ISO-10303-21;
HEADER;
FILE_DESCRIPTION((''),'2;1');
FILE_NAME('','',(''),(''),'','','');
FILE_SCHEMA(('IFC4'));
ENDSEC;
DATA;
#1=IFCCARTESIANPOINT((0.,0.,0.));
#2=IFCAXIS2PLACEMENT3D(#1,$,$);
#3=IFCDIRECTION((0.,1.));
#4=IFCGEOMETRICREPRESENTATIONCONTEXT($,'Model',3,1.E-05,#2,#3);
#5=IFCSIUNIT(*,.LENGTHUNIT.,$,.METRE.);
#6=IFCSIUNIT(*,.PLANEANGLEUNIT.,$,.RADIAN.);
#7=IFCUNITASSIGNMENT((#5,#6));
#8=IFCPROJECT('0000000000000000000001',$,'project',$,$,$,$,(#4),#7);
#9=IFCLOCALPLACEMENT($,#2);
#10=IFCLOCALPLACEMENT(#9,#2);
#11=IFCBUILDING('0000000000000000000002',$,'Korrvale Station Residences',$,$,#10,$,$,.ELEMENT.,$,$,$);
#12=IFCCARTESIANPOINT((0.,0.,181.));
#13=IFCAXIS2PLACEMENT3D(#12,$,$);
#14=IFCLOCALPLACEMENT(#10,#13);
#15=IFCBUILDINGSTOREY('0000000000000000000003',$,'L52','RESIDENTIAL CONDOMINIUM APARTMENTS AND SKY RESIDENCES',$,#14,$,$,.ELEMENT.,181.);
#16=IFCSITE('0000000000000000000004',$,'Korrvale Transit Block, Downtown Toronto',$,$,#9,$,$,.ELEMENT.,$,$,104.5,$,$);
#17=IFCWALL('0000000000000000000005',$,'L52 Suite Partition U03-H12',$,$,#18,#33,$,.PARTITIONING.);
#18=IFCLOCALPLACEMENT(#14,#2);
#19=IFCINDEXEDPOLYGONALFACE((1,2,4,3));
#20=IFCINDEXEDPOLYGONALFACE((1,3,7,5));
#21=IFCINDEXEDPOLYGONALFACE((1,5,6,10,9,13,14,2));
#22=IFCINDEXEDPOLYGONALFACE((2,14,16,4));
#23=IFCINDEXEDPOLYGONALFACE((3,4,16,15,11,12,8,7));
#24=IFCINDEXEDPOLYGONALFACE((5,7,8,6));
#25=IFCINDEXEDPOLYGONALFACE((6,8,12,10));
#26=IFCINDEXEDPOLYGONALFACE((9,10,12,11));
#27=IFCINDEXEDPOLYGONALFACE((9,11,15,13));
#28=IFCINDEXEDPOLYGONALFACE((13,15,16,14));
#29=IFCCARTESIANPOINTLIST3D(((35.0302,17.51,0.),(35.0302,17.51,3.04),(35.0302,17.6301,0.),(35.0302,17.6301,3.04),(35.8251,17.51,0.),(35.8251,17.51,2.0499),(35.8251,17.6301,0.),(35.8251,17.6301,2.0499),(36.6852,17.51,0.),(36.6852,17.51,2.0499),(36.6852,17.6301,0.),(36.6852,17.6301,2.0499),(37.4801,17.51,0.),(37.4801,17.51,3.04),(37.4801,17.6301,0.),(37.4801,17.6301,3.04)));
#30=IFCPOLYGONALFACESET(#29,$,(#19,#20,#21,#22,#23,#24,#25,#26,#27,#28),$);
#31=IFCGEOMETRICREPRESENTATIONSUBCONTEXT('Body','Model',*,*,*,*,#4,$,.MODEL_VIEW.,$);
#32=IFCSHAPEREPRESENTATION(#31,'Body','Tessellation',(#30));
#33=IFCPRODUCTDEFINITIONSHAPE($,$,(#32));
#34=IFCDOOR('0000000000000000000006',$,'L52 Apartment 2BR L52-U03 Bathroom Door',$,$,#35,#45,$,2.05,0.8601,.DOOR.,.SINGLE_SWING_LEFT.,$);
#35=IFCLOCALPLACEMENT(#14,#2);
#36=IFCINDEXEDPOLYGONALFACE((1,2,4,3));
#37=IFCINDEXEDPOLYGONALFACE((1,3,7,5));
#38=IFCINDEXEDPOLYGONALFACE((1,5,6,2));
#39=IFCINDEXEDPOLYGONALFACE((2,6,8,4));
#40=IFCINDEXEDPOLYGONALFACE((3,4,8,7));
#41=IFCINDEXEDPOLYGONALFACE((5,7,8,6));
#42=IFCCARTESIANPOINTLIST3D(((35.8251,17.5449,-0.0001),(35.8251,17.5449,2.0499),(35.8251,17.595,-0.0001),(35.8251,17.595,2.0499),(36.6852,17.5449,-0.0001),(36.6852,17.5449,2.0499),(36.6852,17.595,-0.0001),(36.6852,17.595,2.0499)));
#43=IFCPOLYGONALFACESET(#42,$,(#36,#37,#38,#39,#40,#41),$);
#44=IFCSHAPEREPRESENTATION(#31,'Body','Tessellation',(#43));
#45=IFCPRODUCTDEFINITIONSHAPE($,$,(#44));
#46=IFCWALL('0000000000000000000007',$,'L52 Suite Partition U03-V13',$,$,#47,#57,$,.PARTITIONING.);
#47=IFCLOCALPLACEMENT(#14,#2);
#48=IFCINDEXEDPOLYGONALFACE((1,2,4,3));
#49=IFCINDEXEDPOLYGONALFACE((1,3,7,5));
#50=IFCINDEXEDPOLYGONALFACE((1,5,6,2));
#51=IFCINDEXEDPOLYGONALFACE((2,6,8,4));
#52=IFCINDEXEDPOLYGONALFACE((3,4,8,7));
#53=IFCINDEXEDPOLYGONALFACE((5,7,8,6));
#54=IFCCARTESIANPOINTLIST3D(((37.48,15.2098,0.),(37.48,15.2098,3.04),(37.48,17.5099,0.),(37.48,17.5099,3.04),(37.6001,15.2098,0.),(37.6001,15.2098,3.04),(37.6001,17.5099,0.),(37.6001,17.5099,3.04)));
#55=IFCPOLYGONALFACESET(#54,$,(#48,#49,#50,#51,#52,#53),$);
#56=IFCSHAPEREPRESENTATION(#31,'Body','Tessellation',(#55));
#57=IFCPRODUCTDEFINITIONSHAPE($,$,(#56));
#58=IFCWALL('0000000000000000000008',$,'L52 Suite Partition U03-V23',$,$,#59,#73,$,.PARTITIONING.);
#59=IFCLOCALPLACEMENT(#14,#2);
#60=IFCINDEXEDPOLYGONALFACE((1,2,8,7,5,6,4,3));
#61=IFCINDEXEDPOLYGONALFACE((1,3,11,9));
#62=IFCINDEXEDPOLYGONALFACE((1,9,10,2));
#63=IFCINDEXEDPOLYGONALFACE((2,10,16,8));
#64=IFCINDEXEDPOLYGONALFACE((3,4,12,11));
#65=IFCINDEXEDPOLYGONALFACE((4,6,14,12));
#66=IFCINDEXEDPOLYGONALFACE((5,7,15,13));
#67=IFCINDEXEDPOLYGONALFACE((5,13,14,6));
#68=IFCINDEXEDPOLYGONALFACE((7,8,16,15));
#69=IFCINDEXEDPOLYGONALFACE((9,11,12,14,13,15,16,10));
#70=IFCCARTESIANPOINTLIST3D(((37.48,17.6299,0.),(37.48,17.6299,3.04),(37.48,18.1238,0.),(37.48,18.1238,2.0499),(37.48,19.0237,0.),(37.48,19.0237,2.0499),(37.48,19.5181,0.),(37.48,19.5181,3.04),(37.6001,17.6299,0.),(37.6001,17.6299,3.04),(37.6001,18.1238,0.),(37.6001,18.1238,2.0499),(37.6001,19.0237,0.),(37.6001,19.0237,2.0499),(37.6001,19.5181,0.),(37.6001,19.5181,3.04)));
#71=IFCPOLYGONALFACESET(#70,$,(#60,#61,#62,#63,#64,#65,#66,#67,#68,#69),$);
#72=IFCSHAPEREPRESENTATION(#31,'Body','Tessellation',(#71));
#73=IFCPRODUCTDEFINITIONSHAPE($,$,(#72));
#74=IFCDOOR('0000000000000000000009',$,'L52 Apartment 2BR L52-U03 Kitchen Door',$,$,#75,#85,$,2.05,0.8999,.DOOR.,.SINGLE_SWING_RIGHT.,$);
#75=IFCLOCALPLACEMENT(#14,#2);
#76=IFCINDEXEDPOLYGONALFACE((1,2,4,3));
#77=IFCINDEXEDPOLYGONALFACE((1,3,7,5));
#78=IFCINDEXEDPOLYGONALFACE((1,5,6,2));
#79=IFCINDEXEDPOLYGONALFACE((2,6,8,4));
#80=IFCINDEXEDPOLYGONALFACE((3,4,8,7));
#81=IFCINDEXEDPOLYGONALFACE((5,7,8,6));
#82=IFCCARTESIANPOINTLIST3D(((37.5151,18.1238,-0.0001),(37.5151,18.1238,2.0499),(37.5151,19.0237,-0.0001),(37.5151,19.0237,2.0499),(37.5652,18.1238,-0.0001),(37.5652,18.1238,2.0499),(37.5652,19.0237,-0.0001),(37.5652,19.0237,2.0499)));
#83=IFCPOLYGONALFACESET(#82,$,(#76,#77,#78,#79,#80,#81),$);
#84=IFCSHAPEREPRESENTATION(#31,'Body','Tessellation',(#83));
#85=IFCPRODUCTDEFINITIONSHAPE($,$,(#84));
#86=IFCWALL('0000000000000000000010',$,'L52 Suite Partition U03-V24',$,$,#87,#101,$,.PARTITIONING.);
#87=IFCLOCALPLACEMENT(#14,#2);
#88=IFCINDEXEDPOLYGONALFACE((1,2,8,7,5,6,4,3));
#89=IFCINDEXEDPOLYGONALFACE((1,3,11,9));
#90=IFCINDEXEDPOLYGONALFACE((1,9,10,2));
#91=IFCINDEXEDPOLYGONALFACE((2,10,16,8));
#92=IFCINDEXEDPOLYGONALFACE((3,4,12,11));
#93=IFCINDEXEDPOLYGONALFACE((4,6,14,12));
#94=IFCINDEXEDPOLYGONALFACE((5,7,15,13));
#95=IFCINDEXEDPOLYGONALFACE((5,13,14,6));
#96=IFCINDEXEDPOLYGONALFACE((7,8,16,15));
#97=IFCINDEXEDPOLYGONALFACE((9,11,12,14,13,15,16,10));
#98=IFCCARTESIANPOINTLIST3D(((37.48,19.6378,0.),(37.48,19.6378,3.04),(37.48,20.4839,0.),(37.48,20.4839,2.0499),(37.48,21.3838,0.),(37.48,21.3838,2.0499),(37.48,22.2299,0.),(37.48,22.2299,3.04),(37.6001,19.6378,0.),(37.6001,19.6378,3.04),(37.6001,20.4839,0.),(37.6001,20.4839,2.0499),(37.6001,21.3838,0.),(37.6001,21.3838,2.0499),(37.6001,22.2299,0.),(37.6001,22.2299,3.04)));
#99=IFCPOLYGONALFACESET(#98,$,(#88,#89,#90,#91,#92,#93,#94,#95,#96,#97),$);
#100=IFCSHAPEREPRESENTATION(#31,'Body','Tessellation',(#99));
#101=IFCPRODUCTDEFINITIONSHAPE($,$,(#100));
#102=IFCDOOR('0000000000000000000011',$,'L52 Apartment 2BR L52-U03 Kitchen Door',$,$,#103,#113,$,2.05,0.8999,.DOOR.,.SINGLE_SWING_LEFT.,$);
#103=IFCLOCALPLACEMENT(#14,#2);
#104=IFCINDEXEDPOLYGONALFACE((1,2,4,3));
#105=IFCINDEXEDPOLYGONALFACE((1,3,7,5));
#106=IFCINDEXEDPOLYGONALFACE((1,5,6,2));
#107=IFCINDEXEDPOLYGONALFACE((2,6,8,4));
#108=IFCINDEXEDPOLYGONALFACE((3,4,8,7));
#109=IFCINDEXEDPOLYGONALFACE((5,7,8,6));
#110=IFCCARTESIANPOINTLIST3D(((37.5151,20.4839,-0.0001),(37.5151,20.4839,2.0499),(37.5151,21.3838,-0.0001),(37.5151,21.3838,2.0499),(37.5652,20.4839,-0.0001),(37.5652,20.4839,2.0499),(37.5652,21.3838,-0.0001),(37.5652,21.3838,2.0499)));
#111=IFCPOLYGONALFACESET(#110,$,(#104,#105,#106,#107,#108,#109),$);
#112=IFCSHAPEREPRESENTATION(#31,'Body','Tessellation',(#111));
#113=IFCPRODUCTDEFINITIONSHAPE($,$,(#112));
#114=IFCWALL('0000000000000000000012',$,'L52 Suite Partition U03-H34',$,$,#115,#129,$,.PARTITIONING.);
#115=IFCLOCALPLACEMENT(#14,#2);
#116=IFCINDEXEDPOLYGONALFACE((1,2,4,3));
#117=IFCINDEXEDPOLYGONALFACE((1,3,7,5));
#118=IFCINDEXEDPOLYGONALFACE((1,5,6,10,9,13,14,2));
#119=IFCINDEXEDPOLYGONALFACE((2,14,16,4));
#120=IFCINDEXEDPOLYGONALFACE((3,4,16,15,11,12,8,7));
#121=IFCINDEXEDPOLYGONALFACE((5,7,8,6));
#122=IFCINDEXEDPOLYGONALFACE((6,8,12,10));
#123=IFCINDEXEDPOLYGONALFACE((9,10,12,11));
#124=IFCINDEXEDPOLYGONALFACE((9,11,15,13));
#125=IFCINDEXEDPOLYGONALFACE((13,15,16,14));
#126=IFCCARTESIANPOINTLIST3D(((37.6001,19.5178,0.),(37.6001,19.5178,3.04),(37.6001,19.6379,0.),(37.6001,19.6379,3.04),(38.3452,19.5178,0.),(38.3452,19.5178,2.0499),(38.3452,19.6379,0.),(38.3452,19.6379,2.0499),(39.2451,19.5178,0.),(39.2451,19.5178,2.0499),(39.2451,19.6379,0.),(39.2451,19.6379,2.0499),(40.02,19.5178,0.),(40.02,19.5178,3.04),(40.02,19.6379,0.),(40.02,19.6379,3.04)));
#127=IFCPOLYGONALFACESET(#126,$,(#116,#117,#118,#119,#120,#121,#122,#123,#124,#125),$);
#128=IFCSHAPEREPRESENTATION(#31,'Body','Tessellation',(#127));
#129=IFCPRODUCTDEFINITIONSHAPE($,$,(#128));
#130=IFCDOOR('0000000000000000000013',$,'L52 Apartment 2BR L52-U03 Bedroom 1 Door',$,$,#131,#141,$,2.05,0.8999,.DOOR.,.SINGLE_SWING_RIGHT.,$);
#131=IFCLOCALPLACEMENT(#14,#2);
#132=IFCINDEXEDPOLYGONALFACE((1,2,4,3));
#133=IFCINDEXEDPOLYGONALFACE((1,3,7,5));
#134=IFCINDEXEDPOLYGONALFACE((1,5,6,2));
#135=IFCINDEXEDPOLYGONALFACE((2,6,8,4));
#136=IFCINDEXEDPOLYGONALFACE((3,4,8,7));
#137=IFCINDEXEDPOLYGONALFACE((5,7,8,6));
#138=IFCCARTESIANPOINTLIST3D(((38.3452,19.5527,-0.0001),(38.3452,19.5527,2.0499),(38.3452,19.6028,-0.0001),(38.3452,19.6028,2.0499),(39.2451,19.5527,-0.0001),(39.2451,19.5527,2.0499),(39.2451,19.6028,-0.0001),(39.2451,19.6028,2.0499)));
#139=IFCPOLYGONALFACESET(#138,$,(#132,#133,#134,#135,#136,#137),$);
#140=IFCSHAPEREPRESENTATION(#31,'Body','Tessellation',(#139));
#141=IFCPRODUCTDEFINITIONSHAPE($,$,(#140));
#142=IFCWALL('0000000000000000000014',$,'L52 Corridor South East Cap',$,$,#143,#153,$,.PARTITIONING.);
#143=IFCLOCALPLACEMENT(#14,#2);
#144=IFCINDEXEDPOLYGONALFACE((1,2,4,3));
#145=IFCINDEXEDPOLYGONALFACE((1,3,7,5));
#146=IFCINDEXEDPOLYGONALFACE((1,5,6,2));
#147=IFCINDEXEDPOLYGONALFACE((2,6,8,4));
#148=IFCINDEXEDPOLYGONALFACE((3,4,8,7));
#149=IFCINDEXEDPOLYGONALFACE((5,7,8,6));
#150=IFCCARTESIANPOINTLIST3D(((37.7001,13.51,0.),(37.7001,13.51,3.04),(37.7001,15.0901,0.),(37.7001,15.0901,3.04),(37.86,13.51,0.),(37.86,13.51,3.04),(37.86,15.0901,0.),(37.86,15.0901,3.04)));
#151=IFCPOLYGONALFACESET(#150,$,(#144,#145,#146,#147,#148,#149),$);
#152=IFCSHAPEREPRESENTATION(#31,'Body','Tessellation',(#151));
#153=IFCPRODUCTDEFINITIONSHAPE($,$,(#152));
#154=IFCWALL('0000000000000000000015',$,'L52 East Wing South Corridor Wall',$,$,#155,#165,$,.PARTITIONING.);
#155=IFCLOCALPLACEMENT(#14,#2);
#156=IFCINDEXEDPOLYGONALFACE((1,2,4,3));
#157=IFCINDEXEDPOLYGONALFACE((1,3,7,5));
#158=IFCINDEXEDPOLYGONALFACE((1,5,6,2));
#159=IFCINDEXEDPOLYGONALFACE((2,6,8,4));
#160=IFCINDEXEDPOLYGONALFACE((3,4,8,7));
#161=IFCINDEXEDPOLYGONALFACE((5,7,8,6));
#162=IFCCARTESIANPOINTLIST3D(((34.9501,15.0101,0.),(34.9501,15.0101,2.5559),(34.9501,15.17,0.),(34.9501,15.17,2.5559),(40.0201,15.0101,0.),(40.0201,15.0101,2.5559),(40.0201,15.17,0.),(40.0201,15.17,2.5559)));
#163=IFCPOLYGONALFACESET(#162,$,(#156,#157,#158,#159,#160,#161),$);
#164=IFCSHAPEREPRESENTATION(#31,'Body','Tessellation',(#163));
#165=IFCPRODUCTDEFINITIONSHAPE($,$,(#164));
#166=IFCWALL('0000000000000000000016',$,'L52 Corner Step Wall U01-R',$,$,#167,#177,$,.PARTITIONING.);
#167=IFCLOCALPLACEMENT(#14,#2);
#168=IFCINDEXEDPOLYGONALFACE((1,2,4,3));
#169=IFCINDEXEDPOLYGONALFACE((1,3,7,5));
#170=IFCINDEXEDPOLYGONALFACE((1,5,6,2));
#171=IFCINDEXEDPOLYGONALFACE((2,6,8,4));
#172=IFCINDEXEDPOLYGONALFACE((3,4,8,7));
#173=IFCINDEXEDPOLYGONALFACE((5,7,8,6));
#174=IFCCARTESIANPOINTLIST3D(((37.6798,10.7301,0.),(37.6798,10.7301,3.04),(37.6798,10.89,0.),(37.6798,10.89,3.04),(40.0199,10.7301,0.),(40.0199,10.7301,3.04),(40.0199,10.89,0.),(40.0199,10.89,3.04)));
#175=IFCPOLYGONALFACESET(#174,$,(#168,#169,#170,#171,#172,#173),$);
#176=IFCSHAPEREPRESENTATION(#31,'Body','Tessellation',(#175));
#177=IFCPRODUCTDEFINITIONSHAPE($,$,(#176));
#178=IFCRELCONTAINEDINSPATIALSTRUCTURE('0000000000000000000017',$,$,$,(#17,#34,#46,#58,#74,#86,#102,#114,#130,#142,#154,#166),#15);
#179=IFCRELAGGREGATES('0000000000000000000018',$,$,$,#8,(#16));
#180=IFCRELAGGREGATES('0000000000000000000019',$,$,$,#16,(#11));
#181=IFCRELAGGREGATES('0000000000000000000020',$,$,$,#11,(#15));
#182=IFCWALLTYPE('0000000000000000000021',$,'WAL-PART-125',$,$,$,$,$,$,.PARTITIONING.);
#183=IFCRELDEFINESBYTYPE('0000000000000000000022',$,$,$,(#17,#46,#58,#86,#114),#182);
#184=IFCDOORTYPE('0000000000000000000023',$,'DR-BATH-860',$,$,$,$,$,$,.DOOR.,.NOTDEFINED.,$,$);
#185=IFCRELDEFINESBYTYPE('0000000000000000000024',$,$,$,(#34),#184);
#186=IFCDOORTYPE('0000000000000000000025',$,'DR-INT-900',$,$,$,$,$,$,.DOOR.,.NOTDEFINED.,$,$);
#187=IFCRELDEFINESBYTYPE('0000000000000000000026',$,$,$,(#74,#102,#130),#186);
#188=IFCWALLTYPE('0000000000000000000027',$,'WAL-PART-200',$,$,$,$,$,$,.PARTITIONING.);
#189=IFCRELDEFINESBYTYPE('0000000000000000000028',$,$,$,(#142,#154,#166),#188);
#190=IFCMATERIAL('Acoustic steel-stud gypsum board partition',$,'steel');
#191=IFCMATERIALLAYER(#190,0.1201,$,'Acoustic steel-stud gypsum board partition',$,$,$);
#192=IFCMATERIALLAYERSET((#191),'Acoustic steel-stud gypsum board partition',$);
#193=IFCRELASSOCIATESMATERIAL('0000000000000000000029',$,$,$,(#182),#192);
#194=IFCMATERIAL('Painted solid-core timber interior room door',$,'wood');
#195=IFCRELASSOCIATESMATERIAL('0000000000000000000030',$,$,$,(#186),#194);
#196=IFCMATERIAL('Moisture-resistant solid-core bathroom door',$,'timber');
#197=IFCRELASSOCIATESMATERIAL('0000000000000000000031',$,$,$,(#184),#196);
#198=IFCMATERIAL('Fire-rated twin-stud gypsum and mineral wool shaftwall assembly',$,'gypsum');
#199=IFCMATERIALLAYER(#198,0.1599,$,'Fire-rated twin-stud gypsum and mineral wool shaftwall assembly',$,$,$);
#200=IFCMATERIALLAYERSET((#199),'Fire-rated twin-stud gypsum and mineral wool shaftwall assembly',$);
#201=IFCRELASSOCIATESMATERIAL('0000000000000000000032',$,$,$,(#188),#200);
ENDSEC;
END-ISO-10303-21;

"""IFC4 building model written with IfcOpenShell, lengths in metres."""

from ifc_helpers import new_model, si_unit, direction, frame, frame_2d, origin, place, context, subcontext, project, spatial, rectangle, extrude, material, layer, layer_set, type_object, element, fill, save


model = new_model("IFC4")

# Units and contexts
model_context = context("Model", 3, precision=1e-05, world=origin(), true_north=direction((0.0, 1.0)))
body_context = subcontext(model_context, "Body", "Model", "MODEL_VIEW")
ifc_project = project(units=[si_unit("LENGTHUNIT", "METRE"), si_unit("PLANEANGLEUNIT", "RADIAN")], contexts=[model_context])

# Site, building, storey
site_placement = place(None, origin())
site = spatial("IfcSite", under=ifc_project, at=site_placement, Name="Korrvale Transit Block, Downtown Toronto", CompositionType="ELEMENT", RefElevation=104.5)
building_placement = place(site_placement, origin())
building = spatial("IfcBuilding", under=site, at=building_placement, Name="Korrvale Station Residences", CompositionType="ELEMENT")
storey_placement = place(building_placement, frame((0.0, 0.0, 181.0)))
storey = spatial("IfcBuildingStorey", under=building, at=storey_placement, Name="L52", Description="RESIDENTIAL CONDOMINIUM APARTMENTS AND SKY RESIDENCES", CompositionType="ELEMENT", Elevation=181.0)

# Wall, opening, door
ifc_material_1 = material(Name="Acoustic steel-stud gypsum board partition", Category="steel")
ifc_layer_1 = layer(ifc_material_1, 0.1201, Name="Acoustic steel-stud gypsum board partition")
ifc_layer_set_1 = layer_set([ifc_layer_1], Name="Acoustic steel-stud gypsum board partition")
wall_type_1 = type_object("IfcWallType", Name="WAL-PART-125", PredefinedType="PARTITIONING", material=ifc_layer_set_1)
ifc_material_2 = material(Name="Painted solid-core timber interior room door", Category="wood")
door_type_1 = type_object("IfcDoorType", Name="DR-INT-900", OperationType="NOTDEFINED", PredefinedType="DOOR", material=ifc_material_2)
wall_1_placement = place(storey_placement, frame((35.03, 17.5701, 0.0), z_axis=(0.0, 0.0, 1.0), x_axis=(1.0, 0.0, 0.0)))
wall_1 = element("IfcWall", 1, at=wall_1_placement, inside=storey, type_object=wall_type_1, Name="L52 Suite Partition U03-H12", PredefinedType="PARTITIONING", context=body_context, shape_type="SweptSolid", body=[
    extrude(rectangle(XDim=2.45, YDim=0.1201, at=frame_2d((1.2251, 0.0))), origin(), (0.0, 0.0, 1.0), 3.04),
])
opening_1_placement = place(wall_1_placement, frame((0.7949, 0.0, 0.0)))
opening_1 = element("IfcOpeningElement", 2, at=opening_1_placement, cuts=wall_1, PredefinedType="OPENING", context=body_context, shape_type="SweptSolid", body=[
    extrude(rectangle(XDim=0.8601, YDim=2.05, at=frame_2d((0.4302, 1.0249))), frame((0.0, 0.0701, 0.0), z_axis=(0.0, -1.0, 0.0), x_axis=(1.0, 0.0, 0.0)), (0.0, 0.0, 1.0), 0.1401),
])
ifc_material_3 = material(Name="Moisture-resistant solid-core bathroom door", Category="timber")
door_type_2 = type_object("IfcDoorType", Name="DR-BATH-860", OperationType="NOTDEFINED", PredefinedType="DOOR", material=ifc_material_3)
door_1_placement = place(opening_1_placement, origin())
door_1 = element("IfcDoor", 3, at=door_1_placement, inside=storey, type_object=door_type_2, Name="L52 Apartment 2BR L52-U03 Bathroom Door", OperationType="SINGLE_SWING_LEFT", OverallHeight=2.05, OverallWidth=0.8601, PredefinedType="DOOR", context=body_context, shape_type="SweptSolid", body=[
    extrude(rectangle(XDim=0.8601, YDim=2.05, at=frame_2d((0.4302, 1.0249))), frame((0.0, 0.0249, 0.0), z_axis=(0.0, -1.0, 0.0), x_axis=(1.0, 0.0, 0.0)), (0.0, 0.0, 1.0), 0.05),
])
fill(opening_1, door_1)

# Wall
wall_2_placement = place(storey_placement, frame((37.54, 15.21, 0.0), z_axis=(0.0, 0.0, 1.0), x_axis=(0.0, 1.0, 0.0)))
element("IfcWall", 4, at=wall_2_placement, inside=storey, type_object=wall_type_1, Name="L52 Suite Partition U03-V13", PredefinedType="PARTITIONING", context=body_context, shape_type="SweptSolid", body=[
    extrude(rectangle(XDim=2.3, YDim=0.1201, at=frame_2d((1.1499, 0.0))), origin(), (0.0, 0.0, 1.0), 3.04),
])

# Walls, openings, doors
wall_3_placement = place(storey_placement, frame((37.54, 17.6299, 0.0), z_axis=(0.0, 0.0, 1.0), x_axis=(0.0, 1.0, 0.0)))
wall_3 = element("IfcWall", 5, at=wall_3_placement, inside=storey, type_object=wall_type_1, Name="L52 Suite Partition U03-V23", PredefinedType="PARTITIONING", context=body_context, shape_type="SweptSolid", body=[
    extrude(rectangle(XDim=1.8882, YDim=0.1201, at=frame_2d((0.9441, 0.0))), origin(), (0.0, 0.0, 1.0), 3.04),
])
opening_2_placement = place(wall_3_placement, frame((0.4939, 0.0, 0.0)))
opening_2 = element("IfcOpeningElement", 6, at=opening_2_placement, cuts=wall_3, PredefinedType="OPENING", context=body_context, shape_type="SweptSolid", body=[
    extrude(rectangle(XDim=0.8999, YDim=2.05, at=frame_2d((0.45, 1.0249))), frame((0.0, 0.0701, 0.0), z_axis=(0.0, -1.0, 0.0), x_axis=(1.0, 0.0, 0.0)), (0.0, 0.0, 1.0), 0.1401),
])
door_2_placement = place(opening_2_placement, origin())
door_2 = element("IfcDoor", 7, at=door_2_placement, inside=storey, type_object=door_type_1, Name="L52 Apartment 2BR L52-U03 Kitchen Door", OperationType="SINGLE_SWING_RIGHT", OverallHeight=2.05, OverallWidth=0.8999, PredefinedType="DOOR", context=body_context, shape_type="SweptSolid", body=[
    extrude(rectangle(XDim=0.8999, YDim=2.05, at=frame_2d((0.45, 1.0249))), frame((0.0, 0.0249, 0.0), z_axis=(0.0, -1.0, 0.0), x_axis=(1.0, 0.0, 0.0)), (0.0, 0.0, 1.0), 0.05),
])
fill(opening_2, door_2)
wall_4_placement = place(storey_placement, frame((37.54, 19.6379, 0.0), z_axis=(0.0, 0.0, 1.0), x_axis=(0.0, 1.0, 0.0)))
wall_4 = element("IfcWall", 8, at=wall_4_placement, inside=storey, type_object=wall_type_1, Name="L52 Suite Partition U03-V24", PredefinedType="PARTITIONING", context=body_context, shape_type="SweptSolid", body=[
    extrude(rectangle(XDim=2.592, YDim=0.1201, at=frame_2d((1.2959, 0.0))), origin(), (0.0, 0.0, 1.0), 3.04),
])
opening_3_placement = place(wall_4_placement, frame((0.8459, 0.0, 0.0)))
opening_3 = element("IfcOpeningElement", 9, at=opening_3_placement, cuts=wall_4, PredefinedType="OPENING", context=body_context, shape_type="SweptSolid", body=[
    extrude(rectangle(XDim=0.8999, YDim=2.05, at=frame_2d((0.45, 1.0249))), frame((0.0, 0.0701, 0.0), z_axis=(0.0, -1.0, 0.0), x_axis=(1.0, 0.0, 0.0)), (0.0, 0.0, 1.0), 0.1401),
])
door_3_placement = place(opening_3_placement, origin())
door_3 = element("IfcDoor", 10, at=door_3_placement, inside=storey, type_object=door_type_1, Name="L52 Apartment 2BR L52-U03 Kitchen Door", OperationType="SINGLE_SWING_LEFT", OverallHeight=2.05, OverallWidth=0.8999, PredefinedType="DOOR", context=body_context, shape_type="SweptSolid", body=[
    extrude(rectangle(XDim=0.8999, YDim=2.05, at=frame_2d((0.45, 1.0249))), frame((0.0, 0.0249, 0.0), z_axis=(0.0, -1.0, 0.0), x_axis=(1.0, 0.0, 0.0)), (0.0, 0.0, 1.0), 0.05),
])
fill(opening_3, door_3)
wall_5_placement = place(storey_placement, frame((37.6001, 19.5779, 0.0), z_axis=(0.0, 0.0, 1.0), x_axis=(1.0, 0.0, 0.0)))
wall_5 = element("IfcWall", 11, at=wall_5_placement, inside=storey, type_object=wall_type_1, Name="L52 Suite Partition U03-H34", PredefinedType="PARTITIONING", context=body_context, shape_type="SweptSolid", body=[
    extrude(rectangle(XDim=2.4199, YDim=0.1201, at=frame_2d((1.21, 0.0))), origin(), (0.0, 0.0, 1.0), 3.04),
])
opening_4_placement = place(wall_5_placement, frame((0.7451, 0.0, 0.0)))
opening_4 = element("IfcOpeningElement", 12, at=opening_4_placement, cuts=wall_5, PredefinedType="OPENING", context=body_context, shape_type="SweptSolid", body=[
    extrude(rectangle(XDim=0.8999, YDim=2.05, at=frame_2d((0.45, 1.0249))), frame((0.0, 0.0701, 0.0), z_axis=(0.0, -1.0, 0.0), x_axis=(1.0, 0.0, 0.0)), (0.0, 0.0, 1.0), 0.1401),
])
door_4_placement = place(opening_4_placement, origin())
door_4 = element("IfcDoor", 13, at=door_4_placement, inside=storey, type_object=door_type_1, Name="L52 Apartment 2BR L52-U03 Bedroom 1 Door", OperationType="SINGLE_SWING_RIGHT", OverallHeight=2.05, OverallWidth=0.8999, PredefinedType="DOOR", context=body_context, shape_type="SweptSolid", body=[
    extrude(rectangle(XDim=0.8999, YDim=2.05, at=frame_2d((0.45, 1.0249))), frame((0.0, 0.0249, 0.0), z_axis=(0.0, -1.0, 0.0), x_axis=(1.0, 0.0, 0.0)), (0.0, 0.0, 1.0), 0.05),
])
fill(opening_4, door_4)

# Walls
ifc_material_4 = material(Name="Fire-rated twin-stud gypsum and mineral wool shaftwall assembly", Category="gypsum")
ifc_layer_2 = layer(ifc_material_4, 0.1599, Name="Fire-rated twin-stud gypsum and mineral wool shaftwall assembly")
ifc_layer_set_2 = layer_set([ifc_layer_2], Name="Fire-rated twin-stud gypsum and mineral wool shaftwall assembly")
wall_type_2 = type_object("IfcWallType", Name="WAL-PART-200", PredefinedType="PARTITIONING", material=ifc_layer_set_2)
wall_6_placement = place(storey_placement, frame((37.78, 13.51, 0.0), z_axis=(0.0, 0.0, 1.0), x_axis=(0.0, 1.0, 0.0)))
element("IfcWall", 14, at=wall_6_placement, inside=storey, type_object=wall_type_2, Name="L52 Corridor South East Cap", PredefinedType="PARTITIONING", context=body_context, shape_type="SweptSolid", body=[
    extrude(rectangle(XDim=1.5801, YDim=0.1599, at=frame_2d((0.79, 0.0))), origin(), (0.0, 0.0, 1.0), 3.04),
])
wall_7_placement = place(storey_placement, frame((34.95, 15.0901, 0.0), z_axis=(0.0, 0.0, 1.0), x_axis=(1.0, 0.0, 0.0)))
element("IfcWall", 15, at=wall_7_placement, inside=storey, type_object=wall_type_2, Name="L52 East Wing South Corridor Wall", PredefinedType="PARTITIONING", context=body_context, shape_type="SweptSolid", body=[
    extrude(rectangle(XDim=5.0701, YDim=0.1599, at=frame_2d((2.5352, 0.0))), origin(), (0.0, 0.0, 1.0), 2.5559),
])
wall_8_placement = place(storey_placement, frame((37.6799, 10.8101, 0.0), z_axis=(0.0, 0.0, 1.0), x_axis=(1.0, 0.0, 0.0)))
element("IfcWall", 16, at=wall_8_placement, inside=storey, type_object=wall_type_2, Name="L52 Corner Step Wall U01-R", PredefinedType="PARTITIONING", context=body_context, shape_type="SweptSolid", body=[
    extrude(rectangle(XDim=2.3401, YDim=0.1599, at=frame_2d((1.1699, 0.0))), origin(), (0.0, 0.0, 1.0), 3.04),
])

save(model, "model.ifc")
